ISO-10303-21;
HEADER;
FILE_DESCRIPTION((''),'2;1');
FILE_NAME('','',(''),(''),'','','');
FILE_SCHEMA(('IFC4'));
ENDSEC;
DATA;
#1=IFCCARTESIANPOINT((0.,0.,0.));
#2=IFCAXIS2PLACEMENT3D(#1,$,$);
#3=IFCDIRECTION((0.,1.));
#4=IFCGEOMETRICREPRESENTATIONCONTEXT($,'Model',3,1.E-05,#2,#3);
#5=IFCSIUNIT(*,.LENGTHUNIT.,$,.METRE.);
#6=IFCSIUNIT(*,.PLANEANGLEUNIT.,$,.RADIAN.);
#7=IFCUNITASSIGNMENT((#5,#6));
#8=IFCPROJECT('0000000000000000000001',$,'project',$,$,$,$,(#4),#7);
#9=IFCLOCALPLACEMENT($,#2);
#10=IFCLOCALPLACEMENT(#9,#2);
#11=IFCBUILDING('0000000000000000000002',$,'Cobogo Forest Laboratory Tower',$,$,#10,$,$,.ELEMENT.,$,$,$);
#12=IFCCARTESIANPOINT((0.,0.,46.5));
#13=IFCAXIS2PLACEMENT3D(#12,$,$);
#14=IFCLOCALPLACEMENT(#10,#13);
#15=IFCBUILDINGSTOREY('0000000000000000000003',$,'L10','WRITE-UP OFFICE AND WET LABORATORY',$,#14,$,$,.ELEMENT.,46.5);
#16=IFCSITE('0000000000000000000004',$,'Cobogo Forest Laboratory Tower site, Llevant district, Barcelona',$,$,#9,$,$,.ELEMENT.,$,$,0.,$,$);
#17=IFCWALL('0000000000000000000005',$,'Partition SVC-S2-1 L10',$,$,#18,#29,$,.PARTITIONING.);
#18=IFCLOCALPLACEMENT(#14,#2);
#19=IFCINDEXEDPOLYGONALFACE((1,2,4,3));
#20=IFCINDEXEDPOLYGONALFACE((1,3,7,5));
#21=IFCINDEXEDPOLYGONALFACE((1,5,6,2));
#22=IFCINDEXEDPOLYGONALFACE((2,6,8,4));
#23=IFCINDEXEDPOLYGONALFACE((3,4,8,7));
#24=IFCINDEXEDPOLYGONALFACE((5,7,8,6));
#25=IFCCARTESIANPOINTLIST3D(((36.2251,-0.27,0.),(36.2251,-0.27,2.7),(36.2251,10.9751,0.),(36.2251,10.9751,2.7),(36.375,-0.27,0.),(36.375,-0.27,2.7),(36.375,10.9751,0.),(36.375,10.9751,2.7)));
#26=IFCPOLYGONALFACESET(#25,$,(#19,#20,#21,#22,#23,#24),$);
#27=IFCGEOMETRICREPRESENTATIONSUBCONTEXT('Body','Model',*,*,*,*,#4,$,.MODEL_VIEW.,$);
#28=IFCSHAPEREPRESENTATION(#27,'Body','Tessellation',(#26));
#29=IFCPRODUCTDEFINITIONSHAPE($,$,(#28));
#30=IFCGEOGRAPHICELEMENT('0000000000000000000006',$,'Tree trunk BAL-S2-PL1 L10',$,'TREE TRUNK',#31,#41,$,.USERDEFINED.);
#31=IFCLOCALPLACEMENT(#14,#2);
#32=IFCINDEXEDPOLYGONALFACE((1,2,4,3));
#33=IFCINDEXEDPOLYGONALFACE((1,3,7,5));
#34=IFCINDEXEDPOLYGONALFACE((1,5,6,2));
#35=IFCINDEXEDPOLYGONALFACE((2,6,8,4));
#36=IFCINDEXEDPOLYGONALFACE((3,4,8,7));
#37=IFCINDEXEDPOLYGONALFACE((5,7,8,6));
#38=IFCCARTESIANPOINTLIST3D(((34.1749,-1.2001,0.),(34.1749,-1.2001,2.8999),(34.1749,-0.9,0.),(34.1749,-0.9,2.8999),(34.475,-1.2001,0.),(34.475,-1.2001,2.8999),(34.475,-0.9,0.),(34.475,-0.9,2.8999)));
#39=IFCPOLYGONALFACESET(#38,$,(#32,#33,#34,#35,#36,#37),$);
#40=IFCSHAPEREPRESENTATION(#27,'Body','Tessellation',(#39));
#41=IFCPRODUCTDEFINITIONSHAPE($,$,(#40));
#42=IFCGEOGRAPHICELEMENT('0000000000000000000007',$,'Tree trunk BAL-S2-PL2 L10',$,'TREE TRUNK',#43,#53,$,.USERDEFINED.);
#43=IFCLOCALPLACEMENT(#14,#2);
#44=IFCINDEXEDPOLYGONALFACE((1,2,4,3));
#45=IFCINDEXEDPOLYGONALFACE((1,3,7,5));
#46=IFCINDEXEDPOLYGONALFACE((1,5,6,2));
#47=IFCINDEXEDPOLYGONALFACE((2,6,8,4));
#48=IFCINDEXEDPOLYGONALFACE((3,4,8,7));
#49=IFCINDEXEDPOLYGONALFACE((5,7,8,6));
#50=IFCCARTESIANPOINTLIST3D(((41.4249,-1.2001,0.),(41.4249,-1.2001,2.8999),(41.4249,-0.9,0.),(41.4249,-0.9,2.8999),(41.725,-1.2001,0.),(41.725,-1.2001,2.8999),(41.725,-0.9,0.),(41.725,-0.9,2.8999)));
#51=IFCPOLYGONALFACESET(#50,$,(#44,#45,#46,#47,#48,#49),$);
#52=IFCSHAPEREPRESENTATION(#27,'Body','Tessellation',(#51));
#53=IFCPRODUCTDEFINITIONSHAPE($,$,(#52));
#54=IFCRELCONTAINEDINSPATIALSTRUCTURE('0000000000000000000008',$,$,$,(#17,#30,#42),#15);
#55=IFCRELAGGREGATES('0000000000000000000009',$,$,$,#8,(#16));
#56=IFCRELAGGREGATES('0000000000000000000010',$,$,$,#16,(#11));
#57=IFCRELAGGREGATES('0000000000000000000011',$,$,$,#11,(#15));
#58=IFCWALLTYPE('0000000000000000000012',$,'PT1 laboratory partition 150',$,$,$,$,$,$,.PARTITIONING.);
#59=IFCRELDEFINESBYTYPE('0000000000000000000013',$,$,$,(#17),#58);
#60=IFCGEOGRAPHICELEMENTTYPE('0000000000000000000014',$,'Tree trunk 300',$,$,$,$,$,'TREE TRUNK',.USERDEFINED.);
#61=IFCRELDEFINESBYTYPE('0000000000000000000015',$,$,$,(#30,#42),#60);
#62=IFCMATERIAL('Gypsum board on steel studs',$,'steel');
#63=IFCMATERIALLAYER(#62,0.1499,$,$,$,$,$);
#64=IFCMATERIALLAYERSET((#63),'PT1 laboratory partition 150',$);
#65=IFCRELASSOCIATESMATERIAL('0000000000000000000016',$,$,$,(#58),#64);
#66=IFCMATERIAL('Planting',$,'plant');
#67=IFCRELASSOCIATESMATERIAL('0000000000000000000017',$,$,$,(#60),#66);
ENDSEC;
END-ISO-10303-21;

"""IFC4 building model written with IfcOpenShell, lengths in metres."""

from ifc_helpers import new_model, si_unit, direction, frame, frame_2d, origin, origin_2d, place, context, subcontext, project, spatial, rectangle, extrude, material, layer, layer_set, type_object, element, save


model = new_model("IFC4")

# Units and contexts
model_context = context("Model", 3, precision=1e-05, world=origin(), true_north=direction((0.0, 1.0)))
body_context = subcontext(model_context, "Body", "Model", "MODEL_VIEW")
ifc_project = project(units=[si_unit("LENGTHUNIT", "METRE"), si_unit("PLANEANGLEUNIT", "RADIAN")], contexts=[model_context])

# Site, building, storey
site_placement = place(None, origin())
site = spatial("IfcSite", under=ifc_project, at=site_placement, Name="Cobogo Forest Laboratory Tower site, Llevant district, Barcelona", CompositionType="ELEMENT", RefElevation=0.0)
building_placement = place(site_placement, origin())
building = spatial("IfcBuilding", under=site, at=building_placement, Name="Cobogo Forest Laboratory Tower", CompositionType="ELEMENT")
storey_placement = place(building_placement, frame((0.0, 0.0, 46.5)))
storey = spatial("IfcBuildingStorey", under=building, at=storey_placement, Name="L10", Description="WRITE-UP OFFICE AND WET LABORATORY", CompositionType="ELEMENT", Elevation=46.5)

# Wall
ifc_material_1 = material(Name="Gypsum board on steel studs", Category="steel")
ifc_layer_1 = layer(ifc_material_1, 0.1499)
ifc_layer_set_1 = layer_set([ifc_layer_1], Name="PT1 laboratory partition 150")
wall_type_1 = type_object("IfcWallType", Name="PT1 laboratory partition 150", PredefinedType="PARTITIONING", material=ifc_layer_set_1)
wall_1_placement = place(storey_placement, frame((36.3, -0.27, 0.0), z_axis=(0.0, 0.0, 1.0), x_axis=(0.0, 1.0, 0.0)))
element("IfcWall", 1, at=wall_1_placement, inside=storey, type_object=wall_type_1, Name="Partition SVC-S2-1 L10", PredefinedType="PARTITIONING", context=body_context, shape_type="SweptSolid", body=[
    extrude(rectangle(XDim=11.2451, YDim=0.1499, at=frame_2d((5.6226, 0.0))), origin(), (0.0, 0.0, 1.0), 2.7),
])

# Geographic elements
ifc_material_2 = material(Name="Planting", Category="plant")
geographic_element_type = type_object("IfcGeographicElementType", Name="Tree trunk 300", ElementType="TREE TRUNK", PredefinedType="USERDEFINED", material=ifc_material_2)
for number, where, z_axis, x_axis, name in (
    (2, (34.325, -1.05, 0.0), (0.0, 0.0, 1.0), (1.0, 0.0, 0.0), "Tree trunk BAL-S2-PL1 L10"),
    (3, (41.575, -1.05, 0.0), (0.0, 0.0, 1.0), (1.0, 0.0, 0.0), "Tree trunk BAL-S2-PL2 L10"),
):
    element("IfcGeographicElement", number, at=place(storey_placement, frame(where, z_axis=z_axis, x_axis=x_axis)), inside=storey, type_object=geographic_element_type, Name=name, ObjectType="TREE TRUNK", PredefinedType="USERDEFINED", context=body_context, shape_type="SweptSolid", body=[
        extrude(rectangle(XDim=0.3, YDim=0.3, at=origin_2d()), origin(), (0.0, 0.0, 1.0), 2.8999),
    ])

save(model, "model.ifc")
